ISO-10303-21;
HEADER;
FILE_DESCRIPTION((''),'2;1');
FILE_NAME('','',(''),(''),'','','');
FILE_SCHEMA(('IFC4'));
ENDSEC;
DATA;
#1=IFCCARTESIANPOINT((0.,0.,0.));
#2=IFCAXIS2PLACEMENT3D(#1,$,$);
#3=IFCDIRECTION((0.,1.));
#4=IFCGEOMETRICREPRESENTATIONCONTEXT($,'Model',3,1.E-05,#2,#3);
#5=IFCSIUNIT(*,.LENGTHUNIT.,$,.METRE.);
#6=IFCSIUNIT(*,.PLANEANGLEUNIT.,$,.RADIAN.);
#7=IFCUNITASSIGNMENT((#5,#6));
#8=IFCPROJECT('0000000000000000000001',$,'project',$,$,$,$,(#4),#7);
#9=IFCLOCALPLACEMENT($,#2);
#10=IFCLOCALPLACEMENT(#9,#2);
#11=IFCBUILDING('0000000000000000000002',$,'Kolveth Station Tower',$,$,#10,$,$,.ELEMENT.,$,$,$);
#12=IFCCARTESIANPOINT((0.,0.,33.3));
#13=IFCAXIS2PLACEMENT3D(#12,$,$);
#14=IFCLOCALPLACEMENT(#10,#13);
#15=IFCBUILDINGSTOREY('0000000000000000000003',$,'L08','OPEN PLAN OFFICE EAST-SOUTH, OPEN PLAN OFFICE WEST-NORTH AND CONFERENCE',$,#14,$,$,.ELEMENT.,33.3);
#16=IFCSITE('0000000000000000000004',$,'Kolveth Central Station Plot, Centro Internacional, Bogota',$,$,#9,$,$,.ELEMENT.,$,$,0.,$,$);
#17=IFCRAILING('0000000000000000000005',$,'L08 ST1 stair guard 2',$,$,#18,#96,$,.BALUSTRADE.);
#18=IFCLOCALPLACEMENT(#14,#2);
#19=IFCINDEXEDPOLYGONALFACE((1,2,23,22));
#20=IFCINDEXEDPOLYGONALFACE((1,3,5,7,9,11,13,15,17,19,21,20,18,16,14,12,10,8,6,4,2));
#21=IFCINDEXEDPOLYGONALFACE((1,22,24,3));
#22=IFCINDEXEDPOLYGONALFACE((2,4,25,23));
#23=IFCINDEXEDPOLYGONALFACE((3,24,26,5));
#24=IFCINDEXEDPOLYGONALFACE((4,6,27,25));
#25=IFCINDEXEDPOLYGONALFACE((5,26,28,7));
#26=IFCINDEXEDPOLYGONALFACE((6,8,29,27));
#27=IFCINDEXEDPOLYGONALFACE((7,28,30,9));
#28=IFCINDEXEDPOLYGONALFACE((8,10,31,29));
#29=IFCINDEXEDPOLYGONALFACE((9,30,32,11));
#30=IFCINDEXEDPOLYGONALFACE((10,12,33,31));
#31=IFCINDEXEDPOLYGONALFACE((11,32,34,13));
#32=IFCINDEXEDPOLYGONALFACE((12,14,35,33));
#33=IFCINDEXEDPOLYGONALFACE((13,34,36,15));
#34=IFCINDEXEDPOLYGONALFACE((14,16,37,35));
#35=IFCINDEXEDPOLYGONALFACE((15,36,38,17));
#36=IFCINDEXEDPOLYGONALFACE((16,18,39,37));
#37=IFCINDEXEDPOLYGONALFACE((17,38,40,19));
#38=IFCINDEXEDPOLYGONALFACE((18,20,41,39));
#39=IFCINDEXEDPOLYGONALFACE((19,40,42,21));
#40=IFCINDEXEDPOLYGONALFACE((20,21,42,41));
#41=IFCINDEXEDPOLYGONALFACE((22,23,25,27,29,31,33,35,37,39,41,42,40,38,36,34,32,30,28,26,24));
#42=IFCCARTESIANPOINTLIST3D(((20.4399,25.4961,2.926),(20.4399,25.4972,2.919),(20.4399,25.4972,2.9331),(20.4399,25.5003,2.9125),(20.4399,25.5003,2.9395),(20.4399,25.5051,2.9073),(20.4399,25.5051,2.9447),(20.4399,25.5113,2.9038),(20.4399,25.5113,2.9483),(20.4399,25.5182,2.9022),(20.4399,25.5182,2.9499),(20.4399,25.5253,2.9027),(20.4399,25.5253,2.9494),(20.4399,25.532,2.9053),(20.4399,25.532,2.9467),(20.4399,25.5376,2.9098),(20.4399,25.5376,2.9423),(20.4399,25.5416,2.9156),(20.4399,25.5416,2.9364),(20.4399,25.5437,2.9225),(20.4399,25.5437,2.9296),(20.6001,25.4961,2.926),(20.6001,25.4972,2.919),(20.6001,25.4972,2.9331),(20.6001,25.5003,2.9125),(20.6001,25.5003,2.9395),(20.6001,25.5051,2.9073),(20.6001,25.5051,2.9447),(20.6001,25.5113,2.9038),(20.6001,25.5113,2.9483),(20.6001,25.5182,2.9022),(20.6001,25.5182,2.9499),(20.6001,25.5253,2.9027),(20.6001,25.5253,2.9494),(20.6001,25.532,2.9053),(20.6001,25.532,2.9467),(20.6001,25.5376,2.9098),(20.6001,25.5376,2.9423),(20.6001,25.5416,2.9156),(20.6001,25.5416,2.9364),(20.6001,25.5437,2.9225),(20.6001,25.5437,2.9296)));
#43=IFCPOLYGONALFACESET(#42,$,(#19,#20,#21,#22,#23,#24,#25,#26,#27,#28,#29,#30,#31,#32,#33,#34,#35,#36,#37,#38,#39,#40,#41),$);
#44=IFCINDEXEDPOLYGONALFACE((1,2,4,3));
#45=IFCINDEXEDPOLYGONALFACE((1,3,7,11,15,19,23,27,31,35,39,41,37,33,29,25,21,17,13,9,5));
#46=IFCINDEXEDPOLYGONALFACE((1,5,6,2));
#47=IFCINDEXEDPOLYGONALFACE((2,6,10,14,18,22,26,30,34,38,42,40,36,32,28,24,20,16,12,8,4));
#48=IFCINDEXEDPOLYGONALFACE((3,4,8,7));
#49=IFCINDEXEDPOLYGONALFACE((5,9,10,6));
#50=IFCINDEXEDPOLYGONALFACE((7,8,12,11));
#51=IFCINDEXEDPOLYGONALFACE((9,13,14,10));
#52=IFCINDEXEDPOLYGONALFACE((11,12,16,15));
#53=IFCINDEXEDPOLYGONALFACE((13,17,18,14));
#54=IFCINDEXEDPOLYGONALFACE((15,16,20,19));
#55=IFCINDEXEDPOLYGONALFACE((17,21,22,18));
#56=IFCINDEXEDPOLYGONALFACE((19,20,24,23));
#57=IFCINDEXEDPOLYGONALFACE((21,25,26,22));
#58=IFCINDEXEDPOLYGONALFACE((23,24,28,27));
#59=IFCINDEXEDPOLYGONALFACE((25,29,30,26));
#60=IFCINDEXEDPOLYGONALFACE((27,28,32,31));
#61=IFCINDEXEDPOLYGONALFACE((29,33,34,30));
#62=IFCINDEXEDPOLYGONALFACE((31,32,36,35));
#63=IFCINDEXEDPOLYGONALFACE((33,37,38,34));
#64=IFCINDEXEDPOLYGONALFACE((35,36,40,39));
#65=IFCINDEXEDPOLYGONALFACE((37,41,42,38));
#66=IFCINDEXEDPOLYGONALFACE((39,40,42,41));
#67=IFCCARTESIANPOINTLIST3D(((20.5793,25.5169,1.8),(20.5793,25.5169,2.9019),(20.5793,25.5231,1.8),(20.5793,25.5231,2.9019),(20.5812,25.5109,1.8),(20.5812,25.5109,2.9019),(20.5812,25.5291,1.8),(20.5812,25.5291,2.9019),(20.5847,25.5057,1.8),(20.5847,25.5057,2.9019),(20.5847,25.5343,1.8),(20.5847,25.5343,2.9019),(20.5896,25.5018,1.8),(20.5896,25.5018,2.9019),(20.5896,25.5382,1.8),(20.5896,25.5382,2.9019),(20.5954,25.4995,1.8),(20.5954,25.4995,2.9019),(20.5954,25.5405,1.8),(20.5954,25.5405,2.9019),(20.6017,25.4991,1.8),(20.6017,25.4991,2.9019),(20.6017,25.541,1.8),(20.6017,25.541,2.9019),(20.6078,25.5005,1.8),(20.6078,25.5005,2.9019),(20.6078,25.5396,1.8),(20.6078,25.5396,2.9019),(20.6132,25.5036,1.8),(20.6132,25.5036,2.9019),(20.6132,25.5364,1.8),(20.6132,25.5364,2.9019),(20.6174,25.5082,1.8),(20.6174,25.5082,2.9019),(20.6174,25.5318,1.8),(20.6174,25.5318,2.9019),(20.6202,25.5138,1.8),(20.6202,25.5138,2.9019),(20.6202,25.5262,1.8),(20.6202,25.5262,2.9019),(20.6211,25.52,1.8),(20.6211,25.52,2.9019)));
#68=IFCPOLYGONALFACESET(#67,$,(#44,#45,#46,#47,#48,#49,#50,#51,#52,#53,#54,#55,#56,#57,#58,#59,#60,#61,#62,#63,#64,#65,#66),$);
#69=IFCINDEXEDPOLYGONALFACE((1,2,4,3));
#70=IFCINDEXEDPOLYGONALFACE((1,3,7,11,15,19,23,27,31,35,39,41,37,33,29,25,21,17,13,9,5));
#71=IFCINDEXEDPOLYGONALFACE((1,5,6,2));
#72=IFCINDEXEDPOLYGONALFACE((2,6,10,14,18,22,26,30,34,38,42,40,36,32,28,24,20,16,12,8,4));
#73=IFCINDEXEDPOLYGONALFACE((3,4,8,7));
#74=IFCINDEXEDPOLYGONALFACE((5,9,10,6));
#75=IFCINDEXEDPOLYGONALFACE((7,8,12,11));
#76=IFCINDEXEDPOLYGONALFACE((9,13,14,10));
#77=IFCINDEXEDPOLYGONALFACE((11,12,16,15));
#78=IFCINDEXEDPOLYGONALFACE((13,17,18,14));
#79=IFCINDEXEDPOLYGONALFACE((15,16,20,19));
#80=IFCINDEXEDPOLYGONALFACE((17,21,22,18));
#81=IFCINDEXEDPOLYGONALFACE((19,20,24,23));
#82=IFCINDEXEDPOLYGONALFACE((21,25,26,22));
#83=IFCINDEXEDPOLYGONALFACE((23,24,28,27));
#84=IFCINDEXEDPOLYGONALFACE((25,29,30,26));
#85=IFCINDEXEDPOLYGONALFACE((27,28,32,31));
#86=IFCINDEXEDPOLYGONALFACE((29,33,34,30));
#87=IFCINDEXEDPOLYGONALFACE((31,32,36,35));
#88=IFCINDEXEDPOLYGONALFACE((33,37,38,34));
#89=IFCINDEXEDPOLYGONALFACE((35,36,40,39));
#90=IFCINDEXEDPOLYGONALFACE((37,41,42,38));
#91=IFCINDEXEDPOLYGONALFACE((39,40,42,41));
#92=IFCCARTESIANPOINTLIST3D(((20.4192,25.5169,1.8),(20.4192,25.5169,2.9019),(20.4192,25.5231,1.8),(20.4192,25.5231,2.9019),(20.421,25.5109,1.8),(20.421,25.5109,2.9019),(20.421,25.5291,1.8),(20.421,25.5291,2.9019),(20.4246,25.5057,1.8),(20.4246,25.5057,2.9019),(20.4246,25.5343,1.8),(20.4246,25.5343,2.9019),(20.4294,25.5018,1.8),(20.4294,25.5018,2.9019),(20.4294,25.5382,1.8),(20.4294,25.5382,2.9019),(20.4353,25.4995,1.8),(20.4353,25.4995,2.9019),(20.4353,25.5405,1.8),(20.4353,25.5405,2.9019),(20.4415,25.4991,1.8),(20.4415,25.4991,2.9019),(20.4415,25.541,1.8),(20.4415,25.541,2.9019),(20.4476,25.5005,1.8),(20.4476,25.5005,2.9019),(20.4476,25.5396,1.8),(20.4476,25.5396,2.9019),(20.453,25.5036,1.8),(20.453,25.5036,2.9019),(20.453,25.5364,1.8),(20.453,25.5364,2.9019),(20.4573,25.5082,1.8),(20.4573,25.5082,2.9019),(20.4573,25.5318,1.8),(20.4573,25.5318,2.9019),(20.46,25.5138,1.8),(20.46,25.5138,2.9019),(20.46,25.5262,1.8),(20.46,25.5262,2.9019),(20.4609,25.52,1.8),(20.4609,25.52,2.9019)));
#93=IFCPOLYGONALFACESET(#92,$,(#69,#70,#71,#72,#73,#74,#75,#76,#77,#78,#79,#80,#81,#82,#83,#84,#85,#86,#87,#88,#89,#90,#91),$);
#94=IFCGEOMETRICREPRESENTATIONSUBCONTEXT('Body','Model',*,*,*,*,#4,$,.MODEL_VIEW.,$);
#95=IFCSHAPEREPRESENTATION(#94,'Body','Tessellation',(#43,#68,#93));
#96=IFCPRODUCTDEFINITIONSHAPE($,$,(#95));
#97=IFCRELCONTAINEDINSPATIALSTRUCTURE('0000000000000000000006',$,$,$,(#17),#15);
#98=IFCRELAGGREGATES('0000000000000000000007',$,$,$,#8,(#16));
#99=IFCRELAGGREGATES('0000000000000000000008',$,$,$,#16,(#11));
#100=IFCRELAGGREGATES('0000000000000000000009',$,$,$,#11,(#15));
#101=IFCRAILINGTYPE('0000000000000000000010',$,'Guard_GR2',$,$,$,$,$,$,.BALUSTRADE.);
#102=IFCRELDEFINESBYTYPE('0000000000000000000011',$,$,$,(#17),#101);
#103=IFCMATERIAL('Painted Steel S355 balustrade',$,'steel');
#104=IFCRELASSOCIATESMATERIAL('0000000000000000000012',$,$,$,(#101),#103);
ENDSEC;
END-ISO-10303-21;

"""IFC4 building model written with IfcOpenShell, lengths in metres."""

from ifc_helpers import new_model, si_unit, direction, frame, origin, origin_2d, place, context, subcontext, project, spatial, circle, extrude, material, type_object, element, save


model = new_model("IFC4")

# Units and contexts
model_context = context("Model", 3, precision=1e-05, world=origin(), true_north=direction((0.0, 1.0)))
body_context = subcontext(model_context, "Body", "Model", "MODEL_VIEW")
ifc_project = project(units=[si_unit("LENGTHUNIT", "METRE"), si_unit("PLANEANGLEUNIT", "RADIAN")], contexts=[model_context])

# Site, building, storey
site_placement = place(None, origin())
site = spatial("IfcSite", under=ifc_project, at=site_placement, Name="Kolveth Central Station Plot, Centro Internacional, Bogota", CompositionType="ELEMENT", RefElevation=0.0)
building_placement = place(site_placement, origin())
building = spatial("IfcBuilding", under=site, at=building_placement, Name="Kolveth Station Tower", CompositionType="ELEMENT")
storey_placement = place(building_placement, frame((0.0, 0.0, 33.3)))
storey = spatial("IfcBuildingStorey", under=building, at=storey_placement, Name="L08", Description="OPEN PLAN OFFICE EAST-SOUTH, OPEN PLAN OFFICE WEST-NORTH AND CONFERENCE", CompositionType="ELEMENT", Elevation=33.3)

# Railing
ifc_material_1 = material(Name="Painted Steel S355 balustrade", Category="steel")
railing_type_1 = type_object("IfcRailingType", Name="Guard_GR2", PredefinedType="BALUSTRADE", material=ifc_material_1)
railing_1_placement = place(storey_placement, frame((20.6001, 25.52, 1.8)))
element("IfcRailing", 1, at=railing_1_placement, inside=storey, type_object=railing_type_1, Name="L08 ST1 stair guard 2", PredefinedType="BALUSTRADE", context=body_context, shape_type="SweptSolid", body=[
    extrude(circle(Radius=0.0239, at=origin_2d()), frame((0.0, 0.0, 1.126), z_axis=(-1.0, 0.0, 0.0), x_axis=(0.0, -1.0, 0.0)), (0.0, 0.0, 1.0), 0.1602),
    extrude(circle(Radius=0.021, at=origin_2d()), origin(), (0.0, 0.0, 1.0), 1.1018),
    extrude(circle(Radius=0.021, at=origin_2d()), frame((-0.1602, 0.0, 0.0)), (0.0, 0.0, 1.0), 1.1018),
])

save(model, "model.ifc")
